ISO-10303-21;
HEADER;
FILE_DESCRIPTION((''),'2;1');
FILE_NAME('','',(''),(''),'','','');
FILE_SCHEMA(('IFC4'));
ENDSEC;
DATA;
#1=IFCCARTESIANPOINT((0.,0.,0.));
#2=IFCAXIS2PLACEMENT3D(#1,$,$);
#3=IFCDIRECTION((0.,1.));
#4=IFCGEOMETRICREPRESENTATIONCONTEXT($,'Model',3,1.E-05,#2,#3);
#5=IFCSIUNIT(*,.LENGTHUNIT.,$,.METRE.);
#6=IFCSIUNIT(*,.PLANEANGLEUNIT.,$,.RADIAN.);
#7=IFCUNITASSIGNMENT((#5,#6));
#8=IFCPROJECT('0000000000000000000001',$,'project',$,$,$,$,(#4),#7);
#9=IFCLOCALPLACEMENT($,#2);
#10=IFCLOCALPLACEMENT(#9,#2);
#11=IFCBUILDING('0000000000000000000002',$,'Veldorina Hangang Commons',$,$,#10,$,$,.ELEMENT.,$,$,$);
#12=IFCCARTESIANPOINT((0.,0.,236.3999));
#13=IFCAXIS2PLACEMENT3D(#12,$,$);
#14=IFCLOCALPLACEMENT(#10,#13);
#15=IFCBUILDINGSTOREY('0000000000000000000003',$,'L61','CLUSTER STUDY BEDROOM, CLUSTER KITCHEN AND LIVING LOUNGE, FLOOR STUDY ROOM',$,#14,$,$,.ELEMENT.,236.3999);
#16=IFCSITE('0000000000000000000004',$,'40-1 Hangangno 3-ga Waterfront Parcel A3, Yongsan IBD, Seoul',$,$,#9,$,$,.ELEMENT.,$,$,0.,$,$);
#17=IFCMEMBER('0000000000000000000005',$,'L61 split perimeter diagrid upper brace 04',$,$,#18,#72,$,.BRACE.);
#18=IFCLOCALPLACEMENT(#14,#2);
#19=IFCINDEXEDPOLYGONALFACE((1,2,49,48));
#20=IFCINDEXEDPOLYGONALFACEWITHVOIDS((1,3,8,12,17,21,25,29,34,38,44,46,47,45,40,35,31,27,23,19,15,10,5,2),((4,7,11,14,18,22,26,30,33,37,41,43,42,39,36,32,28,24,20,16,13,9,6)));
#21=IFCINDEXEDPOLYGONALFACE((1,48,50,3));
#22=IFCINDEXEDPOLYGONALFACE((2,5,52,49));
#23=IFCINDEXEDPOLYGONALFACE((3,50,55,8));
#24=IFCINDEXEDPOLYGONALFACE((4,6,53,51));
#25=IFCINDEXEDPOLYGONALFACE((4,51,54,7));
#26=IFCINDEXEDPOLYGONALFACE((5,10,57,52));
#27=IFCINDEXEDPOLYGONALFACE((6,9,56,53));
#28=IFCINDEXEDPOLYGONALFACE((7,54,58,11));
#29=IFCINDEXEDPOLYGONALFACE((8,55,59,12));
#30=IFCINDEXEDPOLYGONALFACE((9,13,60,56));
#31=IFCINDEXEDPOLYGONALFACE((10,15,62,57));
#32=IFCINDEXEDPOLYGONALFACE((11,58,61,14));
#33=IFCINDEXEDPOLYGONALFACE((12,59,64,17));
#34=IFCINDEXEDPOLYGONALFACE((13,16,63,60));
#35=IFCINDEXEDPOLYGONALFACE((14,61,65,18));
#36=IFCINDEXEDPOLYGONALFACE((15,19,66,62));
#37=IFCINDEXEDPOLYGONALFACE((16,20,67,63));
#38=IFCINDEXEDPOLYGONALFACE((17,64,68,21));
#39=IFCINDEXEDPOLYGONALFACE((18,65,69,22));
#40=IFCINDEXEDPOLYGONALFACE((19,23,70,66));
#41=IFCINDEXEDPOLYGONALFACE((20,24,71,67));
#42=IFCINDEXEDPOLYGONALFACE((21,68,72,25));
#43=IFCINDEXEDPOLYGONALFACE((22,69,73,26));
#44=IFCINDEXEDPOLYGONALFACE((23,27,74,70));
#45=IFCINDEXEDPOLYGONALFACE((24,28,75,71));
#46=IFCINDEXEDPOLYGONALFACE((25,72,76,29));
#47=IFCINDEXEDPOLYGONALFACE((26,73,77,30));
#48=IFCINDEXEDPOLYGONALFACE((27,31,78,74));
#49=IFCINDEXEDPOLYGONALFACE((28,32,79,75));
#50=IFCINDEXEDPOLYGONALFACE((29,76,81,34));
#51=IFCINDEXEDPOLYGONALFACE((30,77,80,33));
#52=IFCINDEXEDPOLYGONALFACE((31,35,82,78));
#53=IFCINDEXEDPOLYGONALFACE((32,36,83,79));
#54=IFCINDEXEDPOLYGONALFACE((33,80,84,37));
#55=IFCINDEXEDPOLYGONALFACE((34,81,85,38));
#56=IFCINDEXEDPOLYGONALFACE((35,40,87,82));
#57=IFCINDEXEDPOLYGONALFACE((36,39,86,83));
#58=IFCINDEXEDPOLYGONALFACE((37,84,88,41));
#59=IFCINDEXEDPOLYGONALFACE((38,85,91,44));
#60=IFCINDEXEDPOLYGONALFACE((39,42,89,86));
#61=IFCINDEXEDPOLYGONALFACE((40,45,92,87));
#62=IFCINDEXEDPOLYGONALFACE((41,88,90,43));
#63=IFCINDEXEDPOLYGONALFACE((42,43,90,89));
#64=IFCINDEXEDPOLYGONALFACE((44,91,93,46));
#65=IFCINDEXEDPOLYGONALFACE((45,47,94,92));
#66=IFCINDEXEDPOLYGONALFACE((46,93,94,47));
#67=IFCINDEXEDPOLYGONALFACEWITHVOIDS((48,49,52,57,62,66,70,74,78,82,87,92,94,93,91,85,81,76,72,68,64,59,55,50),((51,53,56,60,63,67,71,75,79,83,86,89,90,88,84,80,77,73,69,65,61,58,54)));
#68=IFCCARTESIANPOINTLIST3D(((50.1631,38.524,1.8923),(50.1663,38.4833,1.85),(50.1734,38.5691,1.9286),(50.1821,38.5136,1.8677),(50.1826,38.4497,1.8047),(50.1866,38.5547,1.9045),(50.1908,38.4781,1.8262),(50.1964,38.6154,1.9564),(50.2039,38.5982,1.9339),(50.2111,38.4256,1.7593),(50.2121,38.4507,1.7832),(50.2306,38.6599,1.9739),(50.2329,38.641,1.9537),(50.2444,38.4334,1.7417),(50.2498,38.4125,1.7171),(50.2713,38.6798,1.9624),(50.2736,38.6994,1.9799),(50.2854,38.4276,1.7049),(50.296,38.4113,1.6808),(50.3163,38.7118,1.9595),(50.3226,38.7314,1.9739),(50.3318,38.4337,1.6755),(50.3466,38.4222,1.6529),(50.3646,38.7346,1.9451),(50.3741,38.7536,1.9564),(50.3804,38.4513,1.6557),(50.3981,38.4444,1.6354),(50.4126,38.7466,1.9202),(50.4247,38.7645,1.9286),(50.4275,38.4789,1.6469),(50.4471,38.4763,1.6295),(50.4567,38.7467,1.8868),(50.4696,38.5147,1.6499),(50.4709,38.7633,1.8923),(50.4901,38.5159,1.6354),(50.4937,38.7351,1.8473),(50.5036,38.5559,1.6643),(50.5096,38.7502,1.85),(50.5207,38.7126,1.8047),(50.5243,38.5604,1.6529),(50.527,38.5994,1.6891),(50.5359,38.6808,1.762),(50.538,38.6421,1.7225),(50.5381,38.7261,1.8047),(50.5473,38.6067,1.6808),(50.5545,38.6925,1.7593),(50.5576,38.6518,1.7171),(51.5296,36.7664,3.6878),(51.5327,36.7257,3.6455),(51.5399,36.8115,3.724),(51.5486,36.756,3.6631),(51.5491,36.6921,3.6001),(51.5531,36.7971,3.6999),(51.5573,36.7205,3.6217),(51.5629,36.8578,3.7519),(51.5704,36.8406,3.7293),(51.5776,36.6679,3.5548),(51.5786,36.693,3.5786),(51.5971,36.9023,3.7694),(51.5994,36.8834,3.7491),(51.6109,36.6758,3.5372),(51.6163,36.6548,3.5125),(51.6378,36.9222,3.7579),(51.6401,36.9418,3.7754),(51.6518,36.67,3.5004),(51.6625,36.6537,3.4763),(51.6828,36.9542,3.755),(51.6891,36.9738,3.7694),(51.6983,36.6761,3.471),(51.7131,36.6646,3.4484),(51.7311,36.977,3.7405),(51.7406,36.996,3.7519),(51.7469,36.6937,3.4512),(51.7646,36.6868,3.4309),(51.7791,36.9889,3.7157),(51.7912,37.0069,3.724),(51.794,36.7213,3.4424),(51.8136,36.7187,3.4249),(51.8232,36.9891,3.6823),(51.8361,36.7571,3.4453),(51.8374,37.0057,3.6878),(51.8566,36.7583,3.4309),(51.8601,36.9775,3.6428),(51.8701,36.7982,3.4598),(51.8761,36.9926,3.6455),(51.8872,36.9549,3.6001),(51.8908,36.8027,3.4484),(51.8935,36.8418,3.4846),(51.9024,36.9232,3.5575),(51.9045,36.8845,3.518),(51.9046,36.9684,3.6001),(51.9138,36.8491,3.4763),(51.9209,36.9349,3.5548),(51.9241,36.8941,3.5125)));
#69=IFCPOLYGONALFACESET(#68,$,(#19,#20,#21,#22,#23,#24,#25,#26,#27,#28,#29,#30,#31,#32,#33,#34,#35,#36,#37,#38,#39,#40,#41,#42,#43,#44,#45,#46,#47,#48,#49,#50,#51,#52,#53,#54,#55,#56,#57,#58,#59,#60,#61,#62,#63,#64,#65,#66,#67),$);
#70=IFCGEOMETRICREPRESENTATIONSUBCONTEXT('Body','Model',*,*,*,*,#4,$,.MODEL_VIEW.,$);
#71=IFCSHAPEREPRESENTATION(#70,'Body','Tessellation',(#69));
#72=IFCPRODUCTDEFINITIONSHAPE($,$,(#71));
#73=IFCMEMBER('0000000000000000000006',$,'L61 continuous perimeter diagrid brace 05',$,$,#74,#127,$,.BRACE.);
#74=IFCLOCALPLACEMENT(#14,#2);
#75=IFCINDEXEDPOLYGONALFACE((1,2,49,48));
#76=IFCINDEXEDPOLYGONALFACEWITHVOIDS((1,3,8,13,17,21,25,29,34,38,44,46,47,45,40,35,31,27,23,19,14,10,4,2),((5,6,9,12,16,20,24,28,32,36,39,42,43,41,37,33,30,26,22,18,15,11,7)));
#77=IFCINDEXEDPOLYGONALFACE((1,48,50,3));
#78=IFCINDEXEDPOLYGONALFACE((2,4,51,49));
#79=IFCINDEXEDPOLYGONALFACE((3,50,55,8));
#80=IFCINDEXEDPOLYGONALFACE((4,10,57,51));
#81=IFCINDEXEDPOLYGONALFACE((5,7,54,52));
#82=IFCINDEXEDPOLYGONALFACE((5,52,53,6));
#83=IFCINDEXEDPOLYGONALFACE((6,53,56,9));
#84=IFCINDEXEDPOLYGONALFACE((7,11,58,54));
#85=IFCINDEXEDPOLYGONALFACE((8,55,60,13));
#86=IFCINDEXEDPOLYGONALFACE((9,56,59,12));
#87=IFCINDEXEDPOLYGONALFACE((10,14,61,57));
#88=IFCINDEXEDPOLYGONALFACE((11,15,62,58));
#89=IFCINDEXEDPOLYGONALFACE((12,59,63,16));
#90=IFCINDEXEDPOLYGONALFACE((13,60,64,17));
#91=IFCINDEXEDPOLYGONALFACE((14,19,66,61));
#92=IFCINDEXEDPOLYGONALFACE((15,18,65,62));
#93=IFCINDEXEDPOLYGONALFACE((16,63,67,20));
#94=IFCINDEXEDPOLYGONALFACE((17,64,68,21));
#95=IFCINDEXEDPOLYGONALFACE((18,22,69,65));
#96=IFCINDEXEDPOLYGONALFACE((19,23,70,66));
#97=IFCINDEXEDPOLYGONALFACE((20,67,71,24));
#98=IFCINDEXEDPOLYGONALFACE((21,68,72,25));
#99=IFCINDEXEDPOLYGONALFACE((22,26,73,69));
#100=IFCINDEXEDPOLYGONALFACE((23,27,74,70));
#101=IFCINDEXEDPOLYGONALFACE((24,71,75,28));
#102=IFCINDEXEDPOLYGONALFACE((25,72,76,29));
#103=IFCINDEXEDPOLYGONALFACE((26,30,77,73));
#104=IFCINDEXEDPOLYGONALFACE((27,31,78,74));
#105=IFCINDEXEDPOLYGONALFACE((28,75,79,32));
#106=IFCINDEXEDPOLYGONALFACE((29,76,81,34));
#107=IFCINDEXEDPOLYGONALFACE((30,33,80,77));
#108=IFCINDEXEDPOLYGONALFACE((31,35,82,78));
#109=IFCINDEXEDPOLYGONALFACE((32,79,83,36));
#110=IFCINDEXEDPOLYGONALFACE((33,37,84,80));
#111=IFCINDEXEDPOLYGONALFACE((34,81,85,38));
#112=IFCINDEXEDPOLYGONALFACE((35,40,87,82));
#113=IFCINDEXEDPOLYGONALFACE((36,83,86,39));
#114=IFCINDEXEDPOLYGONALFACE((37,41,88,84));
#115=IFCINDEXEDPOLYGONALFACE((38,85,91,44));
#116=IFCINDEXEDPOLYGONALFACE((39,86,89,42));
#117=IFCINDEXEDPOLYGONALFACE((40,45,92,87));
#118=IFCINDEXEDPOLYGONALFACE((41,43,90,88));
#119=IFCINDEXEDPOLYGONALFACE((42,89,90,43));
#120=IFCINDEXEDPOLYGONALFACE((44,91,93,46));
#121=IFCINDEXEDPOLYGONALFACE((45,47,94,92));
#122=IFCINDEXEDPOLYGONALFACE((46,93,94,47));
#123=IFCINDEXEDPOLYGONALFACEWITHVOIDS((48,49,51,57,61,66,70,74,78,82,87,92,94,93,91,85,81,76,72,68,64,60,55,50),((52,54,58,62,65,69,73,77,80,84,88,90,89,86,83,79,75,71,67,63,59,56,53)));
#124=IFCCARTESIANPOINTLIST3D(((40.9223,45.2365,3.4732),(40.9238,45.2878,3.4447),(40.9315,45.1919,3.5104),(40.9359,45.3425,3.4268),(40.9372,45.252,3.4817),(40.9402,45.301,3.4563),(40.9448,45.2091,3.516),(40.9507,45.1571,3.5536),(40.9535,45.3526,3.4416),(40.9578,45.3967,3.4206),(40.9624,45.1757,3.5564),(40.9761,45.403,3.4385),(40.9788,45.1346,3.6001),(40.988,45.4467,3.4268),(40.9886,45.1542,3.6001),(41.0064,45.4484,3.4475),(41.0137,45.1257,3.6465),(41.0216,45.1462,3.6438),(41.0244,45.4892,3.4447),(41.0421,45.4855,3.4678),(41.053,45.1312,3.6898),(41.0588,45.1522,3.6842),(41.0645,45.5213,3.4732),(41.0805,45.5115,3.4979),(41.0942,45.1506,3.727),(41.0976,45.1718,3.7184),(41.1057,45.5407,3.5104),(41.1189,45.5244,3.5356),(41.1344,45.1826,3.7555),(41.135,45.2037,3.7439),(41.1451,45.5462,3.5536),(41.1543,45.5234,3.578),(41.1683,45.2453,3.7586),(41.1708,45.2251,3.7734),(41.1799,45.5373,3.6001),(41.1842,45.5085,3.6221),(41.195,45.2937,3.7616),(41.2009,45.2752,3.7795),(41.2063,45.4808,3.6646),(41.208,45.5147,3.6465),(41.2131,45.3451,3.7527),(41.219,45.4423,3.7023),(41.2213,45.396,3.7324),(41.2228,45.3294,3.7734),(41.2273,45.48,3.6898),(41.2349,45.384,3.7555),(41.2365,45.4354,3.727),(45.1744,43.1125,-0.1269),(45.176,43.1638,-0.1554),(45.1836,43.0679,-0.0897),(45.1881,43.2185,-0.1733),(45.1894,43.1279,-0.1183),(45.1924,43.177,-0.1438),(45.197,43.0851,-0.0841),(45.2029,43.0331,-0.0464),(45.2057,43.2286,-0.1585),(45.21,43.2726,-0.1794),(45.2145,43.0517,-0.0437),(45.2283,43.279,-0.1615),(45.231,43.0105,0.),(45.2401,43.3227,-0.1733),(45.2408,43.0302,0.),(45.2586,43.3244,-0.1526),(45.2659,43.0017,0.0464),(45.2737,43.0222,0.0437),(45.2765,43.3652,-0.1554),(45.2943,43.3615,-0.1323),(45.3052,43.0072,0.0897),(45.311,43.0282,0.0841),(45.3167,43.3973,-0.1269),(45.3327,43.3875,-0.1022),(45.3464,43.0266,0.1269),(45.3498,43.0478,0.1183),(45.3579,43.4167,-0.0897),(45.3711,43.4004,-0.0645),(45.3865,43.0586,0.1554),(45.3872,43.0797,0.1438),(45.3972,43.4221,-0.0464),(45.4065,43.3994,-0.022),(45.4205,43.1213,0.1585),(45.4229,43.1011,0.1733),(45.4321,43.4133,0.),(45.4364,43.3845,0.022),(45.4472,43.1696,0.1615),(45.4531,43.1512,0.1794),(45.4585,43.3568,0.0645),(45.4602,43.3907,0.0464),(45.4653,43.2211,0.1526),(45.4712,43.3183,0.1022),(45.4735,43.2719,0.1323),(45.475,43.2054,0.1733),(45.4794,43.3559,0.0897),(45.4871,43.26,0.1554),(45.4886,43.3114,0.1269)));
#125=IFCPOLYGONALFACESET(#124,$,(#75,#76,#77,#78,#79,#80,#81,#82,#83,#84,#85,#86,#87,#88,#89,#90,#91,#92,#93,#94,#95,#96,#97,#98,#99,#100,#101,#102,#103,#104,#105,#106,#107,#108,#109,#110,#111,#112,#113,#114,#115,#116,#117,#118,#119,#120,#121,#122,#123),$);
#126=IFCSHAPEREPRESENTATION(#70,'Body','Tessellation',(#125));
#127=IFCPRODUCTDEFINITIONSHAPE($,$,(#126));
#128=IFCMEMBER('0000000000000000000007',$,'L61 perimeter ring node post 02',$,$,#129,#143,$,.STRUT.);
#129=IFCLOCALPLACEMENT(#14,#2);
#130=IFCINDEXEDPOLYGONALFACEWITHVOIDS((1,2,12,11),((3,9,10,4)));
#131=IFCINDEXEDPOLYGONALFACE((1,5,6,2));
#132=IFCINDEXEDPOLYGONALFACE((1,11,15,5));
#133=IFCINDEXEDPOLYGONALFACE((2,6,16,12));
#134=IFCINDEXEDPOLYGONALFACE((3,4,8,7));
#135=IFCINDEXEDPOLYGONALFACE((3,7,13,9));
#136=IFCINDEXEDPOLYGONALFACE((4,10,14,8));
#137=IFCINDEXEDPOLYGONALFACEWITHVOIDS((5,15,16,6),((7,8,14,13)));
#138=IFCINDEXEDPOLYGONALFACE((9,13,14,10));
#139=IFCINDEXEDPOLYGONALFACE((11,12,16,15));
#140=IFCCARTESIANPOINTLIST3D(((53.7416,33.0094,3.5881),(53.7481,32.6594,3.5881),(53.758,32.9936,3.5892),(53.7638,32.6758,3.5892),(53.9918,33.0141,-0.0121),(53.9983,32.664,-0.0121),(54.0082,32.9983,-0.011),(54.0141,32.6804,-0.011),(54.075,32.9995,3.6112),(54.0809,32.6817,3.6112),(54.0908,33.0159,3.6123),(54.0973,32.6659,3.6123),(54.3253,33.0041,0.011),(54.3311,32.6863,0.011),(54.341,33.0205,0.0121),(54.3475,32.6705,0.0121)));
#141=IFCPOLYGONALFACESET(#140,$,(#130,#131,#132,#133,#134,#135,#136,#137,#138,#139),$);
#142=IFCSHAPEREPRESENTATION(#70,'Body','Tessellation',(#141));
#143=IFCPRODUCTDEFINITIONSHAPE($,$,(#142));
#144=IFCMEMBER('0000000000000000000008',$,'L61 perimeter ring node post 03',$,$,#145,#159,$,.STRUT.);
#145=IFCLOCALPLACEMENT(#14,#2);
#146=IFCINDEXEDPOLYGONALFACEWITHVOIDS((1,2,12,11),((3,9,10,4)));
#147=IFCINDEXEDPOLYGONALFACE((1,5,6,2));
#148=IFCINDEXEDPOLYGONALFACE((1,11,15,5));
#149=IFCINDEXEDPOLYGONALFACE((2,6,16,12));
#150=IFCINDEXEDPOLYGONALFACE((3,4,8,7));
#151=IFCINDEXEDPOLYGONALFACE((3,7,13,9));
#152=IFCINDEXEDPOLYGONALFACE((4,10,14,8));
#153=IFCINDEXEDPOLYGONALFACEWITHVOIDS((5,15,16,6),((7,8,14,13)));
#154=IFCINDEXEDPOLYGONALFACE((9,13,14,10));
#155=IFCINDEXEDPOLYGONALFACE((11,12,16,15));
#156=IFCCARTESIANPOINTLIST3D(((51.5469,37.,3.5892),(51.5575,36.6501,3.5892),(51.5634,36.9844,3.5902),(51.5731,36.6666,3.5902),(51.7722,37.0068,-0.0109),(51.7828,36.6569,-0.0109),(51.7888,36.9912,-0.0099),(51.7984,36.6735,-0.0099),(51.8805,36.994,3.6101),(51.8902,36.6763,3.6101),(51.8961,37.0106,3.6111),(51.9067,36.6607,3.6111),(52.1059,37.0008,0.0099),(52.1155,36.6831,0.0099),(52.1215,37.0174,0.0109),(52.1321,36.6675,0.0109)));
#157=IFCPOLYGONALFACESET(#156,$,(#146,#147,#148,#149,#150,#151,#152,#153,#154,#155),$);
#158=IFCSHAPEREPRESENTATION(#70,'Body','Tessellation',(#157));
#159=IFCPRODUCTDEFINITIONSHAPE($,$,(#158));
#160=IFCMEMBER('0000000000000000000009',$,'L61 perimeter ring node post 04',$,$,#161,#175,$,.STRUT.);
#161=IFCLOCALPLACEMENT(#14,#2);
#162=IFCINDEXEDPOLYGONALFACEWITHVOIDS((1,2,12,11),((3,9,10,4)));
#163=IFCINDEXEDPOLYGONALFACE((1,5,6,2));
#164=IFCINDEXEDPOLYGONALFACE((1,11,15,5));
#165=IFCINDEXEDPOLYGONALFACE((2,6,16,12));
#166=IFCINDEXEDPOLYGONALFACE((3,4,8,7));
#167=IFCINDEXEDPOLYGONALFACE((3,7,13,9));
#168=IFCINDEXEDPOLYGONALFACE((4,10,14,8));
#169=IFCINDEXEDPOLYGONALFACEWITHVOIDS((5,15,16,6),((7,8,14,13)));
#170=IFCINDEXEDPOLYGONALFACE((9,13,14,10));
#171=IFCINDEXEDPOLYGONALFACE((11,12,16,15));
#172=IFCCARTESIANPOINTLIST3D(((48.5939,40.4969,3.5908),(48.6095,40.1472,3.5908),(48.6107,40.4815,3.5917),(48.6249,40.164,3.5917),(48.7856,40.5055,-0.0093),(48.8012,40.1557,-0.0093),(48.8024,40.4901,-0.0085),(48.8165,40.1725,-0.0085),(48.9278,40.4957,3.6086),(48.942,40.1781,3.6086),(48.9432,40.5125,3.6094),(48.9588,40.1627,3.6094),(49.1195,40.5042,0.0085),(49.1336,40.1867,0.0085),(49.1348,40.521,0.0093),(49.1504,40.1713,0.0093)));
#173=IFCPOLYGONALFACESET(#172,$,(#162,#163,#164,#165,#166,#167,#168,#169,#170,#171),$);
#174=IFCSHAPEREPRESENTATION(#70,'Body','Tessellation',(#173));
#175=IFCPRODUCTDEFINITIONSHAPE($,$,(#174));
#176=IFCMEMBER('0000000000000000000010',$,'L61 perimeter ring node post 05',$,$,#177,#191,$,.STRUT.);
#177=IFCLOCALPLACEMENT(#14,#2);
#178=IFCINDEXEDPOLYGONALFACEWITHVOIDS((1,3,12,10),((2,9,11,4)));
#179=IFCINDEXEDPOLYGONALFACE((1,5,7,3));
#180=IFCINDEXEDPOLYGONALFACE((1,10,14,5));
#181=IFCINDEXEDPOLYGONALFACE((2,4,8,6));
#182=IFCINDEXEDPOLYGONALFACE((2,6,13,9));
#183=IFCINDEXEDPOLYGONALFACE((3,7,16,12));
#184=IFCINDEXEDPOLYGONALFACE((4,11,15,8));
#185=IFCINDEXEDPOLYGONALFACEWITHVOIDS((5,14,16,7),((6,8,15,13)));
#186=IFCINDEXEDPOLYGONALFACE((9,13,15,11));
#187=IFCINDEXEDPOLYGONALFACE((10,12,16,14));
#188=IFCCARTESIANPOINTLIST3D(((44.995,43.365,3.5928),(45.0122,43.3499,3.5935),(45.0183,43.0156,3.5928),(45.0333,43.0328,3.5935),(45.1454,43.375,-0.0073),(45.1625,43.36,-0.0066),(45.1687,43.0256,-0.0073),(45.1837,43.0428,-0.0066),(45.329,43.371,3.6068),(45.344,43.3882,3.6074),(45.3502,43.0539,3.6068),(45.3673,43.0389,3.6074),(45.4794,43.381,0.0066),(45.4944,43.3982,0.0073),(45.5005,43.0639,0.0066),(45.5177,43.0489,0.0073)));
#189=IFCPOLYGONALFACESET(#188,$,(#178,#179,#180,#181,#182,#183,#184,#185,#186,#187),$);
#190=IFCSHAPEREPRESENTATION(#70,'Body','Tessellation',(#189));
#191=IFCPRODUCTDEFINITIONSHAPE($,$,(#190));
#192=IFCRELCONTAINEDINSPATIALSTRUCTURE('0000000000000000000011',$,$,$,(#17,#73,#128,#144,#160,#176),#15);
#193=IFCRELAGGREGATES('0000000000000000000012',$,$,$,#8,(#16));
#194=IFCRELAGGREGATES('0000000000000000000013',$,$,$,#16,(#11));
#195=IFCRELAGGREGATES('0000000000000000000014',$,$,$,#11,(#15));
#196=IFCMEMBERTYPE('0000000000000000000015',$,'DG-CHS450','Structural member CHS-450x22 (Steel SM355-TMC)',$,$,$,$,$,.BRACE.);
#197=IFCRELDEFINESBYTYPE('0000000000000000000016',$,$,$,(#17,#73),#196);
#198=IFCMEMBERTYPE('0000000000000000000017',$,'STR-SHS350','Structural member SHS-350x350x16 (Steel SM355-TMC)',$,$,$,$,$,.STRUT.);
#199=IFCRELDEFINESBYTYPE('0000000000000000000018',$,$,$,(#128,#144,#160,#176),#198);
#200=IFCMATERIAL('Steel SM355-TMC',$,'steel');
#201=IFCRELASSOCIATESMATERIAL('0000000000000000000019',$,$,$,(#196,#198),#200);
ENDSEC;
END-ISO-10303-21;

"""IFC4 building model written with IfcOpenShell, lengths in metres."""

from ifc_helpers import new_model, si_unit, direction, frame, origin, origin_2d, place, context, subcontext, project, spatial, hollow_rectangle, hollow_circle, extrude, material, material_profile, profile_set, type_object, element, save


model = new_model("IFC4")

# Units and contexts
model_context = context("Model", 3, precision=1e-05, world=origin(), true_north=direction((0.0, 1.0)))
body_context = subcontext(model_context, "Body", "Model", "MODEL_VIEW")
ifc_project = project(units=[si_unit("LENGTHUNIT", "METRE"), si_unit("PLANEANGLEUNIT", "RADIAN")], contexts=[model_context])

# Site, building, storey
site_placement = place(None, origin())
site = spatial("IfcSite", under=ifc_project, at=site_placement, Name="40-1 Hangangno 3-ga Waterfront Parcel A3, Yongsan IBD, Seoul", CompositionType="ELEMENT", RefElevation=0.0)
building_placement = place(site_placement, origin())
building = spatial("IfcBuilding", under=site, at=building_placement, Name="Veldorina Hangang Commons", CompositionType="ELEMENT")
storey_placement = place(building_placement, frame((0.0, 0.0, 236.3999)))
storey = spatial("IfcBuildingStorey", under=building, at=storey_placement, Name="L61", Description="CLUSTER STUDY BEDROOM, CLUSTER KITCHEN AND LIVING LOUNGE, FLOOR STUDY ROOM", CompositionType="ELEMENT", Elevation=236.3999)

# Shared definitions
ifc_material_1 = material(Name="Steel SM355-TMC", Category="steel")

# Members
ifc_material_profile_1 = material_profile(ifc_material_1, hollow_circle(Radius=0.2251, WallThickness=0.022, at=origin_2d()), Name="CHS-450x22")
ifc_profile_set_1 = profile_set([ifc_material_profile_1], Name="Steel SM355-TMC")
member_type_1 = type_object("IfcMemberType", Name="DG-CHS450", Description="Structural member CHS-450x22 (Steel SM355-TMC)", PredefinedType="BRACE", material=ifc_profile_set_1)
member_1_placement = place(storey_placement, frame((50.3604, 38.5879, 1.8047), z_axis=(0.477777, -0.614529, 0.62776), x_axis=(0.78947, 0.613789, 0.0)))
element("IfcMember", 1, at=member_1_placement, inside=storey, type_object=member_type_1, Name="L61 split perimeter diagrid upper brace 04", PredefinedType="BRACE", context=body_context, shape_type="SweptSolid", body=[
    extrude(hollow_circle(Radius=0.2251, WallThickness=0.022, at=origin_2d()), origin(), (0.0, 0.0, 1.0), 2.8601),
])
member_2_placement = place(storey_placement, frame((45.3315, 43.2119, 0.0), z_axis=(-0.713137, 0.356221, 0.603773), x_axis=(-0.446864, -0.894602, 0.0)))
element("IfcMember", 2, at=member_2_placement, inside=storey, type_object=member_type_1, Name="L61 continuous perimeter diagrid brace 05", PredefinedType="BRACE", context=body_context, shape_type="SweptSolid", body=[
    extrude(hollow_circle(Radius=0.2251, WallThickness=0.022, at=origin_2d()), origin(), (0.0, 0.0, 1.0), 5.9626),
])
ifc_material_profile_2 = material_profile(ifc_material_1, hollow_rectangle(XDim=0.3501, YDim=0.3501, WallThickness=0.0161, at=origin_2d()), Name="SHS-350x350x16")
ifc_profile_set_2 = profile_set([ifc_material_profile_2], Name="Steel SM355-TMC")
member_type_2 = type_object("IfcMemberType", Name="STR-SHS350", Description="Structural member SHS-350x350x16 (Steel SM355-TMC)", PredefinedType="STRUT", material=ifc_profile_set_2)
member_3_placement = place(storey_placement, frame((54.1697, 32.8423, 0.0), z_axis=(-0.069343, -0.001285, 0.997592), x_axis=(0.018533, -0.999828, 0.0)))
element("IfcMember", 3, at=member_3_placement, inside=storey, type_object=member_type_2, Name="L61 perimeter ring node post 02", PredefinedType="STRUT", context=body_context, shape_type="SweptSolid", body=[
    extrude(hollow_rectangle(XDim=0.3501, YDim=0.3501, WallThickness=0.0161, at=origin_2d()), origin(), (0.0, 0.0, 1.0), 3.6089),
])
member_4_placement = place(storey_placement, frame((51.9521, 36.8372, 0.0), z_axis=(-0.062471, -0.001895, 0.998045), x_axis=(0.030322, -0.99954, 0.0)))
element("IfcMember", 4, at=member_4_placement, inside=storey, type_object=member_type_2, Name="L61 perimeter ring node post 03", PredefinedType="STRUT", context=body_context, shape_type="SweptSolid", body=[
    extrude(hollow_rectangle(XDim=0.3501, YDim=0.3501, WallThickness=0.0161, at=origin_2d()), origin(), (0.0, 0.0, 1.0), 3.6072),
])
member_5_placement = place(storey_placement, frame((48.968, 40.3384, 0.0), z_axis=(-0.053159, -0.00237, 0.998583), x_axis=(0.044542, -0.999008, 0.0)))
element("IfcMember", 5, at=member_5_placement, inside=storey, type_object=member_type_2, Name="L61 perimeter ring node post 04", PredefinedType="STRUT", context=body_context, shape_type="SweptSolid", body=[
    extrude(hollow_rectangle(XDim=0.3501, YDim=0.3501, WallThickness=0.0161, at=origin_2d()), origin(), (0.0, 0.0, 1.0), 3.6052),
])
member_6_placement = place(storey_placement, frame((45.3315, 43.2119, 0.0), z_axis=(-0.041737, -0.002778, 0.999125), x_axis=(0.066412, -0.997792, 0.0)))
element("IfcMember", 6, at=member_6_placement, inside=storey, type_object=member_type_2, Name="L61 perimeter ring node post 05", PredefinedType="STRUT", context=body_context, shape_type="SweptSolid", body=[
    extrude(hollow_rectangle(XDim=0.3501, YDim=0.3501, WallThickness=0.0161, at=origin_2d()), origin(), (0.0, 0.0, 1.0), 3.6033),
])

save(model, "model.ifc")
